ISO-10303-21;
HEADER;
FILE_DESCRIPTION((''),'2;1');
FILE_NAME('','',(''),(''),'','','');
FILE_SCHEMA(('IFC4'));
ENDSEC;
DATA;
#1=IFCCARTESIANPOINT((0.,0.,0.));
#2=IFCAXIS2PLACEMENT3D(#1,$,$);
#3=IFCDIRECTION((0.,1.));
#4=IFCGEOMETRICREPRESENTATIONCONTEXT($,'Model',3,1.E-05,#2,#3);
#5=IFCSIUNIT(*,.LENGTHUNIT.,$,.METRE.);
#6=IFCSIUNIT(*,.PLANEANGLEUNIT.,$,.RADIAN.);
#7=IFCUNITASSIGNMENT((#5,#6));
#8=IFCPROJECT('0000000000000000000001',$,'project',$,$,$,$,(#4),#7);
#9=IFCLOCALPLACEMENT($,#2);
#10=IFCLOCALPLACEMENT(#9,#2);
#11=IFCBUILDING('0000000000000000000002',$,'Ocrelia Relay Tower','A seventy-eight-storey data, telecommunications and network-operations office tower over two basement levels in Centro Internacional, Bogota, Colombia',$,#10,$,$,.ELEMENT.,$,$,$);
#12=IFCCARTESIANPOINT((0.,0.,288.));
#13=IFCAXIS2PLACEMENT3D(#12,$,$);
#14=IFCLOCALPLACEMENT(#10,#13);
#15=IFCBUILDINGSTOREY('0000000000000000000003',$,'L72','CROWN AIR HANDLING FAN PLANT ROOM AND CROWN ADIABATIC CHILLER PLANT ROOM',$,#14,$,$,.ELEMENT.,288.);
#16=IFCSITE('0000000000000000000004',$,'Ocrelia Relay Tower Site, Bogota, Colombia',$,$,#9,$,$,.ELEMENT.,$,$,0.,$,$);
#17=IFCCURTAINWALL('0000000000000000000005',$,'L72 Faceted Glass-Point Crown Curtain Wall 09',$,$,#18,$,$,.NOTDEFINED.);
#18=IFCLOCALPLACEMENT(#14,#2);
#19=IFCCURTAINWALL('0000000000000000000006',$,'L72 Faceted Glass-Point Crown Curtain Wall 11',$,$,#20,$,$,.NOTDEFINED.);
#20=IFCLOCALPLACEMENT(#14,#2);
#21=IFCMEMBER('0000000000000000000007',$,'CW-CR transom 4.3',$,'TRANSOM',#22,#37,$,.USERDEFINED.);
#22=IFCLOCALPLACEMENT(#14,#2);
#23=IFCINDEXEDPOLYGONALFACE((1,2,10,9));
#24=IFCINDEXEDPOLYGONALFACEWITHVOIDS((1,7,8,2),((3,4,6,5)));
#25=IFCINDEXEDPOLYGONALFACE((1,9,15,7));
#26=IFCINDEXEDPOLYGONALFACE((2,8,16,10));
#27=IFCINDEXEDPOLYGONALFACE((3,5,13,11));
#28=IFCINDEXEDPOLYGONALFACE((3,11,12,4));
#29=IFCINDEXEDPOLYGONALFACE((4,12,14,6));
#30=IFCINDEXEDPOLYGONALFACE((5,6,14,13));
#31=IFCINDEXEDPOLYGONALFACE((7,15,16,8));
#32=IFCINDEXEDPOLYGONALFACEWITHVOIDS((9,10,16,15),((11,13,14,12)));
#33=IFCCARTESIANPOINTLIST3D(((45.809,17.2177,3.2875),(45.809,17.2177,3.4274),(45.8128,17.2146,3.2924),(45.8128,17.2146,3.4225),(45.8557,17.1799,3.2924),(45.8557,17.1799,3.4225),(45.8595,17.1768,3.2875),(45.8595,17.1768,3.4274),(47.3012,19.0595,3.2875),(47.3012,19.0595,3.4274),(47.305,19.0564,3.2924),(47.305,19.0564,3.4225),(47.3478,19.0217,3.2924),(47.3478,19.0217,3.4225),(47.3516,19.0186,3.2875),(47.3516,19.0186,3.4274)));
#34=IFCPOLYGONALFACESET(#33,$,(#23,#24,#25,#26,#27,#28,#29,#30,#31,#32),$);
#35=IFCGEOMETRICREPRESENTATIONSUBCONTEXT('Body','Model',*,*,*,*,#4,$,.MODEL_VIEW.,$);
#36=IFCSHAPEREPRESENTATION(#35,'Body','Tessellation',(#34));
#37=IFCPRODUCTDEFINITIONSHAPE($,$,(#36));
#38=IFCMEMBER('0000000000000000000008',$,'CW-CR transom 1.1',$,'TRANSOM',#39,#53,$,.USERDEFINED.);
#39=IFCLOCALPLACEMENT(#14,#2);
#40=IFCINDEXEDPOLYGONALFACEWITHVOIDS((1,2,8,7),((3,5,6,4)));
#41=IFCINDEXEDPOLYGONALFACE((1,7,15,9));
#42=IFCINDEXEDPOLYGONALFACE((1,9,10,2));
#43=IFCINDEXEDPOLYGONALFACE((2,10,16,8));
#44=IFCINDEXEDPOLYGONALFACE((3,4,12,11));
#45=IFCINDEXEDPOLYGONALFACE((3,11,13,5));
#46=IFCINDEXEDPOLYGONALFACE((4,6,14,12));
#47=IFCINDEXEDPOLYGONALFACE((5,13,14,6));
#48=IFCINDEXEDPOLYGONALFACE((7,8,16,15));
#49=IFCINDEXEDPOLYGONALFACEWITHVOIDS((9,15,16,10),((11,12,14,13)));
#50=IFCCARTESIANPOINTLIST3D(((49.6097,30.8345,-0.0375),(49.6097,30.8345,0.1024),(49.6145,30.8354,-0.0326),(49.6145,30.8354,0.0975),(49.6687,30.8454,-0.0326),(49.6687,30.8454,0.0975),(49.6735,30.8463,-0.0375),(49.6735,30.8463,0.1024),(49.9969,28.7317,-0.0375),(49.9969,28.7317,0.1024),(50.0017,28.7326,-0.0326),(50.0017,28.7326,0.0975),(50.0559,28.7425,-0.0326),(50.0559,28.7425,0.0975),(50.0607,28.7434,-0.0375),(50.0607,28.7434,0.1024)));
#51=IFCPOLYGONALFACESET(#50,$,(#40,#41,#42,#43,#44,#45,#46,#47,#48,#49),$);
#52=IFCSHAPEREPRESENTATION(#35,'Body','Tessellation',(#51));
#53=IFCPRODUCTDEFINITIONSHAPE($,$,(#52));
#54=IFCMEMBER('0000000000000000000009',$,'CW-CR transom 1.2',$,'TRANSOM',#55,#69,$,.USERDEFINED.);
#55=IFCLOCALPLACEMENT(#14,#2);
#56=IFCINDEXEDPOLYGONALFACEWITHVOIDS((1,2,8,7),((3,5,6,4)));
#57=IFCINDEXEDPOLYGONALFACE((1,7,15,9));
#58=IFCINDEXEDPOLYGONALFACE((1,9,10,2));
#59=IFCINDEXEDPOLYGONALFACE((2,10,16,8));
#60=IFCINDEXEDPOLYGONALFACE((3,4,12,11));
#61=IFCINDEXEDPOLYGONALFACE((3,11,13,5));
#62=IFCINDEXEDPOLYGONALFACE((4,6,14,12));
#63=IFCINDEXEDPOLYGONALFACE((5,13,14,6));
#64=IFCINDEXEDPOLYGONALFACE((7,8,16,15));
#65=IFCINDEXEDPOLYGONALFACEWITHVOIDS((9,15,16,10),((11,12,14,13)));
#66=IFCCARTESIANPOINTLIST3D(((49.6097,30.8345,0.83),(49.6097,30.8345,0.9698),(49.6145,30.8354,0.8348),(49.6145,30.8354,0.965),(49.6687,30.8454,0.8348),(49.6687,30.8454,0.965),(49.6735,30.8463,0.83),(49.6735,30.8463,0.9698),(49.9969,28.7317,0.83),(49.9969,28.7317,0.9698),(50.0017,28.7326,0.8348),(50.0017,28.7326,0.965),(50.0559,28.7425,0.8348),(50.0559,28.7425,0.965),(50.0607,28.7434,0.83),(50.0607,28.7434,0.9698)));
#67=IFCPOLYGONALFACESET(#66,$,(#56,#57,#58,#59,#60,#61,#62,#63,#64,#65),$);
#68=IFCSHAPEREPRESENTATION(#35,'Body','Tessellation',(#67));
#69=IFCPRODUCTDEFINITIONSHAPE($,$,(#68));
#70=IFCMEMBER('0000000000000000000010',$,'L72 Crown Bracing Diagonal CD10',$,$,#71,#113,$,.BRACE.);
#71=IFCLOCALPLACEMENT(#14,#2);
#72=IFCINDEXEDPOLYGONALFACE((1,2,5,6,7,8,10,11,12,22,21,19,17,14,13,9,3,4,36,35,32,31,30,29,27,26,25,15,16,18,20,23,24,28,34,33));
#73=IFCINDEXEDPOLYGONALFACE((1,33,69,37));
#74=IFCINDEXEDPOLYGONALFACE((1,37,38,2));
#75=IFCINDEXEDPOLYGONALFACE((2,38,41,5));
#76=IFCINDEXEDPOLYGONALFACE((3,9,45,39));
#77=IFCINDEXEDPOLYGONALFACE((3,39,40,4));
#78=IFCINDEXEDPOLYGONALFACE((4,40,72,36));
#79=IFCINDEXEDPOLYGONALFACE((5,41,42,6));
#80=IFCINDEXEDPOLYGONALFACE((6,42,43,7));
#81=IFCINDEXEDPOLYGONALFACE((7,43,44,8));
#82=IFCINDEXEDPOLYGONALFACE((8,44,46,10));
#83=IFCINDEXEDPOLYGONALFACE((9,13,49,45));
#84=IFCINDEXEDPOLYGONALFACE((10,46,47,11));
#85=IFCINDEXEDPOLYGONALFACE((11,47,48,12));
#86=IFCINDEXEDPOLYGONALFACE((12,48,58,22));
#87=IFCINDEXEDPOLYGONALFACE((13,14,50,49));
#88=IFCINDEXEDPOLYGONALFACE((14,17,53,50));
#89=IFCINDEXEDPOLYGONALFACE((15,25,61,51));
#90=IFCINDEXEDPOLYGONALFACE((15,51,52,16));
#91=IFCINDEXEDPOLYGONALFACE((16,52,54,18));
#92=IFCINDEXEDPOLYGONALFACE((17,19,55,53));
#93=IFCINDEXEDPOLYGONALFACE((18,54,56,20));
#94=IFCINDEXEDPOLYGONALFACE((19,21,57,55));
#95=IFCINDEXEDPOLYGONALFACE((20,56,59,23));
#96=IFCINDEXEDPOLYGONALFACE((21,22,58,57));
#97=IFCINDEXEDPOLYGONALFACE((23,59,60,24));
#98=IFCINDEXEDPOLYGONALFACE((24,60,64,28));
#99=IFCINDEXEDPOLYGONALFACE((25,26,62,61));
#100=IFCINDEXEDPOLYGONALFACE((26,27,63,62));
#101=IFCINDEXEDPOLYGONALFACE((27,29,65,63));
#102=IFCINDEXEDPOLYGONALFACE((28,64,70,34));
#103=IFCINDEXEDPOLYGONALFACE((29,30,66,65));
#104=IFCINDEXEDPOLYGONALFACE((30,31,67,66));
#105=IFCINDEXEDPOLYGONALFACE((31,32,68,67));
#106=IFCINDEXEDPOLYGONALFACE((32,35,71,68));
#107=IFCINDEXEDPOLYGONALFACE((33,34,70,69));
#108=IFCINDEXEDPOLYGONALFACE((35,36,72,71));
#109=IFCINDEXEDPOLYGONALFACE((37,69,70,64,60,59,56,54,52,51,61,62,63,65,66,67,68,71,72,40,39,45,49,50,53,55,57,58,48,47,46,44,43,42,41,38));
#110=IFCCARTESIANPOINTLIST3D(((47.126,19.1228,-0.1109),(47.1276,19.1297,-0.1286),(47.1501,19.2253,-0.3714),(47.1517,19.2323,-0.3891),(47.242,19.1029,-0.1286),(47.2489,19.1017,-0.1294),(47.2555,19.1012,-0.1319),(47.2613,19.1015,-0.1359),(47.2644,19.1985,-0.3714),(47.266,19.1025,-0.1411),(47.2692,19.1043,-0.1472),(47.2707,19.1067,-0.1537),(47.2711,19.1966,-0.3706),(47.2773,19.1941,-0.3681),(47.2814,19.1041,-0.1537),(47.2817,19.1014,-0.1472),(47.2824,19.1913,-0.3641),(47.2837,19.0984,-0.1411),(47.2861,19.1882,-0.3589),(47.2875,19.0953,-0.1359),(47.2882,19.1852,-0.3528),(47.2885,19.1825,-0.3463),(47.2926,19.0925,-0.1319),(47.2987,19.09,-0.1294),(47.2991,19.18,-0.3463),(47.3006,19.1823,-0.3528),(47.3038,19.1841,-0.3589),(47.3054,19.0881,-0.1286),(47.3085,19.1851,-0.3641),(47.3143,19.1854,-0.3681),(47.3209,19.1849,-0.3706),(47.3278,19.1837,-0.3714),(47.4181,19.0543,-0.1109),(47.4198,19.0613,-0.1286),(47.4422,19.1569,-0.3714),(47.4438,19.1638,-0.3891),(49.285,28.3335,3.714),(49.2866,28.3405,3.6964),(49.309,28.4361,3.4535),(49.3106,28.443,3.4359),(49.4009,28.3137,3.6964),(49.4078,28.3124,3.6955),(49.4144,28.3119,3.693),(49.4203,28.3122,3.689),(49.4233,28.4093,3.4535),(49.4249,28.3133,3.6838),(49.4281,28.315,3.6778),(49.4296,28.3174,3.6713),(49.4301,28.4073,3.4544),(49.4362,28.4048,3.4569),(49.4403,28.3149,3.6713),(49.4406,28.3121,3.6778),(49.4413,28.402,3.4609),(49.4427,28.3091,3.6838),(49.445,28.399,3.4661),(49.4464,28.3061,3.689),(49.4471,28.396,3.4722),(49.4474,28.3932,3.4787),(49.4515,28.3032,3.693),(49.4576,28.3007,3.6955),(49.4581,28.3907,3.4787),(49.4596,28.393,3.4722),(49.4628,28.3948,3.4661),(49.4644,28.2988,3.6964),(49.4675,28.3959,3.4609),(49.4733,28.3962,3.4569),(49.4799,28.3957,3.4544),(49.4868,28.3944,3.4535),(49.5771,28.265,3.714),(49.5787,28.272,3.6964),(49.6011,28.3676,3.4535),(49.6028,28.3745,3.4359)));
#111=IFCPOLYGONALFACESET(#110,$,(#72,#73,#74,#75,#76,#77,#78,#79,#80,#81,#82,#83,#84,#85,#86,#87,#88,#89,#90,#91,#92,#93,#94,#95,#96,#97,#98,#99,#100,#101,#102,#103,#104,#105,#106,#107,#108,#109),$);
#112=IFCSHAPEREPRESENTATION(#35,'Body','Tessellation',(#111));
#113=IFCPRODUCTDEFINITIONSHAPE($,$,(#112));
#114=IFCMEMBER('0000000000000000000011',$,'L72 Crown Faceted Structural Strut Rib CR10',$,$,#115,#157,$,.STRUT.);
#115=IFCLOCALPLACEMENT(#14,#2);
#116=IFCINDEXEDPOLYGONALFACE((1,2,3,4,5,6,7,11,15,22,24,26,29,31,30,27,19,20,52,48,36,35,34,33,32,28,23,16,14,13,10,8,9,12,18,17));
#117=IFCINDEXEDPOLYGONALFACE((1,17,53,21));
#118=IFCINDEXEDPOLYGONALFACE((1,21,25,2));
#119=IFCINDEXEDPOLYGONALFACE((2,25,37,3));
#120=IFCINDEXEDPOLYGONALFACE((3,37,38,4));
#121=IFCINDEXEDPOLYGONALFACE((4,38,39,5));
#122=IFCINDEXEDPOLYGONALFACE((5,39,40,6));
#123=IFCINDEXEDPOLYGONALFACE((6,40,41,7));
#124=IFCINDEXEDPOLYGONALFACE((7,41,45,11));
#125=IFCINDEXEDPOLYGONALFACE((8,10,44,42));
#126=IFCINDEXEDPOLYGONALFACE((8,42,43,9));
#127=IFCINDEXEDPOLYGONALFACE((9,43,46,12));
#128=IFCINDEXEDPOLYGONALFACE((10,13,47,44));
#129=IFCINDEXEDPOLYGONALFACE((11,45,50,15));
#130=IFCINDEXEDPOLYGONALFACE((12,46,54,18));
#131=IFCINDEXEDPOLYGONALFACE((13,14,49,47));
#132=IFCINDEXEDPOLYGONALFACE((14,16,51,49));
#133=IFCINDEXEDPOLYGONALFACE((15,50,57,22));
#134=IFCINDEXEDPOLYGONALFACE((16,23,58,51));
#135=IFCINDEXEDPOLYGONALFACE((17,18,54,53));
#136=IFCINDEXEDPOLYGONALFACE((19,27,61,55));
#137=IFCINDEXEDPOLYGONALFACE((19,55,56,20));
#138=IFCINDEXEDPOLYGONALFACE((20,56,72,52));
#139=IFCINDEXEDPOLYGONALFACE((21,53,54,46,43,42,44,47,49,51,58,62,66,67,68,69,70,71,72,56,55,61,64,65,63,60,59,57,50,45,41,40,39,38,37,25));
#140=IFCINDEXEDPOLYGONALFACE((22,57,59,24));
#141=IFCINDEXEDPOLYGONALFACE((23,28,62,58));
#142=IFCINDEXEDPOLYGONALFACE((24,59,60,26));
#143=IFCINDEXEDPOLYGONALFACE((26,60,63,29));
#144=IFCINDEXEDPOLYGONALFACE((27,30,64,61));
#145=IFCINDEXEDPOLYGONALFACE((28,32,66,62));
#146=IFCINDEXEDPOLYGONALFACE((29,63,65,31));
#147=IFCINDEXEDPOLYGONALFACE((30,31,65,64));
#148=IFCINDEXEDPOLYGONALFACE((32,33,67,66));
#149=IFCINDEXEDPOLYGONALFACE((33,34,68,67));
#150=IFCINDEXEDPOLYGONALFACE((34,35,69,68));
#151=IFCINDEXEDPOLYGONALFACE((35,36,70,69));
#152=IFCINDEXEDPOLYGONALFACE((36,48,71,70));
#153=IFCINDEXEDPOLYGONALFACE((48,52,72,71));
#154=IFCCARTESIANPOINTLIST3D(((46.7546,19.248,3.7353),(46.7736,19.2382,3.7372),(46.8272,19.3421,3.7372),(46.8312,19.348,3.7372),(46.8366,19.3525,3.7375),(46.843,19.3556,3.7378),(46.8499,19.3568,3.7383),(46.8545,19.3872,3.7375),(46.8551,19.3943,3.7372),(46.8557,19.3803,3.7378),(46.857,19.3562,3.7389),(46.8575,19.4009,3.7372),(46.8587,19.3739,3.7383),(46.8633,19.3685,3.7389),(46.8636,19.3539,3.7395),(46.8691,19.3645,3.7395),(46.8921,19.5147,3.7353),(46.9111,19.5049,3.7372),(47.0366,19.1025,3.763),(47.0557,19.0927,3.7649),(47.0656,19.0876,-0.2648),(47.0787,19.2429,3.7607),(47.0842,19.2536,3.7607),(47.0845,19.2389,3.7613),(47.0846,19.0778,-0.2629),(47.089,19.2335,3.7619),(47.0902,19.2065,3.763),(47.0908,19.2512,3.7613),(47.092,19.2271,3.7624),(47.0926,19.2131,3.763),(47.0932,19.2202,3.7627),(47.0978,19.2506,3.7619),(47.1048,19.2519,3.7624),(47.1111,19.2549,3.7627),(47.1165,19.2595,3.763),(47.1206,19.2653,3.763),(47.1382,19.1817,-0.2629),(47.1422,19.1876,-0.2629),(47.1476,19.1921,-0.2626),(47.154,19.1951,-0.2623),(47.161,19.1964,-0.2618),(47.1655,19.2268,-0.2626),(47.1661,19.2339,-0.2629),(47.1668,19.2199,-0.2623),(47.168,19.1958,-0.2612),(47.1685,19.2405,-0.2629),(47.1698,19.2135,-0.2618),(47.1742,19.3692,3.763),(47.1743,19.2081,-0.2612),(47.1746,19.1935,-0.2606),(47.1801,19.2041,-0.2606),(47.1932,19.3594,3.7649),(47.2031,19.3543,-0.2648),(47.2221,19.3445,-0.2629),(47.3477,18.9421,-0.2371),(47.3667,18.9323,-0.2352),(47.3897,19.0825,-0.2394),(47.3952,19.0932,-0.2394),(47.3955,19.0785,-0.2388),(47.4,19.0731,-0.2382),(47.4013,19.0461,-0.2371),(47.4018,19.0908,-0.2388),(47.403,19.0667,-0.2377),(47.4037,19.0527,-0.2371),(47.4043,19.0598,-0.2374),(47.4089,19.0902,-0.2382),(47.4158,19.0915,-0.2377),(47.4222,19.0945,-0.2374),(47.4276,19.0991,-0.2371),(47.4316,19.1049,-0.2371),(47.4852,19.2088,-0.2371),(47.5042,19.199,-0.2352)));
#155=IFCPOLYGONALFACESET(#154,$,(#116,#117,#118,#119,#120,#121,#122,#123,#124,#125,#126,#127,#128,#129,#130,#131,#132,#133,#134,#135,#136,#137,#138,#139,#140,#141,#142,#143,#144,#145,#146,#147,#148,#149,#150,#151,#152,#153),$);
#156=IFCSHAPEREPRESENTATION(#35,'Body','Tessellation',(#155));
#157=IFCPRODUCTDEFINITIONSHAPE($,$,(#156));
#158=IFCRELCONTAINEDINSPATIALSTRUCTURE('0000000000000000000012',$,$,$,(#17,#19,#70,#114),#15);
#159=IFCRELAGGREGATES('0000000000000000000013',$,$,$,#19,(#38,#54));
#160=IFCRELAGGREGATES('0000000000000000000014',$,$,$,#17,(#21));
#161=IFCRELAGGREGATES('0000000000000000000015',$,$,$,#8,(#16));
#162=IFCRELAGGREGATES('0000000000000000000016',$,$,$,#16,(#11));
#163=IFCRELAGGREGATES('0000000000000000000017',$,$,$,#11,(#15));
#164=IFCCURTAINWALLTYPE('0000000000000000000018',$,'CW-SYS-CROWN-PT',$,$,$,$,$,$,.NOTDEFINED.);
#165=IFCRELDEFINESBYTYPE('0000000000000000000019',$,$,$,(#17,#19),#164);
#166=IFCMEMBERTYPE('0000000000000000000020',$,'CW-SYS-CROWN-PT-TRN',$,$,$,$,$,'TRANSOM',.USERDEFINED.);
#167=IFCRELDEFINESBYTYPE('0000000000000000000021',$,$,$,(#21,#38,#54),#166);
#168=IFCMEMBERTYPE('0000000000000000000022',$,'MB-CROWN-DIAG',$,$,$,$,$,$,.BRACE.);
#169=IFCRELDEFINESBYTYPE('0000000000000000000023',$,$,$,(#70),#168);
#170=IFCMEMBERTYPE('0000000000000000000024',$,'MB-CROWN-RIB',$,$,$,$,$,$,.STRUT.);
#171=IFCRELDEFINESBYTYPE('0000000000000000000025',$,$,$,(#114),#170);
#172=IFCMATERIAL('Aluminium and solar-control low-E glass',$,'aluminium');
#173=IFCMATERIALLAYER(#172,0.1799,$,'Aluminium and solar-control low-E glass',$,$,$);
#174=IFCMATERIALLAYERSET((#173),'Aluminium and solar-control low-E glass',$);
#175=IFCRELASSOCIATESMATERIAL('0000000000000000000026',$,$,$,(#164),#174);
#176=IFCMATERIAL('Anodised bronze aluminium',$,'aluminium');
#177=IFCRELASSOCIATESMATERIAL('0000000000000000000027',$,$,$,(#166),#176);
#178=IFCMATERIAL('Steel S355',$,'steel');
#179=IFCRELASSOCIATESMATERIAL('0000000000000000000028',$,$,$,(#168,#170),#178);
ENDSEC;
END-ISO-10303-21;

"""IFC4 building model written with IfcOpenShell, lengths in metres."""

from ifc_helpers import new_model, si_unit, direction, frame, origin, origin_2d, place, context, subcontext, project, spatial, hollow_rectangle, i_section, extrude, material, layer, layer_set, material_profile, profile_set, type_object, element, aggregate, save


model = new_model("IFC4")

# Units and contexts
model_context = context("Model", 3, precision=1e-05, world=origin(), true_north=direction((0.0, 1.0)))
body_context = subcontext(model_context, "Body", "Model", "MODEL_VIEW")
ifc_project = project(units=[si_unit("LENGTHUNIT", "METRE"), si_unit("PLANEANGLEUNIT", "RADIAN")], contexts=[model_context])

# Site, building, storey
site_placement = place(None, origin())
site = spatial("IfcSite", under=ifc_project, at=site_placement, Name="Ocrelia Relay Tower Site, Bogota, Colombia", CompositionType="ELEMENT", RefElevation=0.0)
building_placement = place(site_placement, origin())
building = spatial("IfcBuilding", under=site, at=building_placement, Name="Ocrelia Relay Tower", Description="A seventy-eight-storey data, telecommunications and network-operations office tower over two basement levels in Centro Internacional, Bogota, Colombia", CompositionType="ELEMENT")
storey_placement = place(building_placement, frame((0.0, 0.0, 288.0)))
storey = spatial("IfcBuildingStorey", under=building, at=storey_placement, Name="L72", Description="CROWN AIR HANDLING FAN PLANT ROOM AND CROWN ADIABATIC CHILLER PLANT ROOM", CompositionType="ELEMENT", Elevation=288.0)

# Shared definitions
ifc_material_1 = material(Name="Steel S355", Category="steel")

# Curtain wall
ifc_material_2 = material(Name="Aluminium and solar-control low-E glass", Category="aluminium")
ifc_layer_1 = layer(ifc_material_2, 0.1799, Name="Aluminium and solar-control low-E glass")
ifc_layer_set_1 = layer_set([ifc_layer_1], Name="Aluminium and solar-control low-E glass")
curtain_wall_type = type_object("IfcCurtainWallType", Name="CW-SYS-CROWN-PT", PredefinedType="NOTDEFINED", material=ifc_layer_set_1)
curtain_wall_1_placement = place(storey_placement, origin())
curtain_wall_1 = element("IfcCurtainWall", 1, at=curtain_wall_1_placement, inside=storey, type_object=curtain_wall_type, Name="L72 Faceted Glass-Point Crown Curtain Wall 09", PredefinedType="NOTDEFINED")
ifc_material_3 = material(Name="Anodised bronze aluminium", Category="aluminium")

# Curtain wall
curtain_wall_2_placement = place(storey_placement, origin())
curtain_wall_2 = element("IfcCurtainWall", 2, at=curtain_wall_2_placement, inside=storey, type_object=curtain_wall_type, Name="L72 Faceted Glass-Point Crown Curtain Wall 11", PredefinedType="NOTDEFINED")

# Members
ifc_material_profile_1 = material_profile(ifc_material_3, hollow_rectangle(XDim=0.0649, YDim=0.1399, WallThickness=0.0049, at=origin_2d()), Name="CW-TRN-140x65")
ifc_profile_set_1 = profile_set([ifc_material_profile_1], Name="Anodised bronze aluminium")
member_type_1 = type_object("IfcMemberType", Name="CW-SYS-CROWN-PT-TRN", ElementType="TRANSOM", PredefinedType="USERDEFINED", material=ifc_profile_set_1)
member_1_placement = place(storey_placement, frame((45.8342, 17.1973, 3.3574), z_axis=(0.629506, 0.776995, 0.0), x_axis=(-0.776995, 0.629506, 0.0)))
member_1 = element("IfcMember", 3, at=member_1_placement, type_object=member_type_1, Name="CW-CR transom 4.3", ObjectType="TRANSOM", PredefinedType="USERDEFINED", context=body_context, shape_type="SweptSolid", body=[
    extrude(hollow_rectangle(XDim=0.0649, YDim=0.1399, WallThickness=0.0049, at=origin_2d()), origin(), (0.0, 0.0, 1.0), 2.3704),
])
member_2_placement = place(storey_placement, frame((50.0288, 28.7375, 0.0325), z_axis=(-0.181096, 0.983465, 0.0), x_axis=(-0.983465, -0.181096, 0.0)))
member_2 = element("IfcMember", 4, at=member_2_placement, type_object=member_type_1, Name="CW-CR transom 1.1", ObjectType="TRANSOM", PredefinedType="USERDEFINED", context=body_context, shape_type="SweptSolid", body=[
    extrude(hollow_rectangle(XDim=0.0649, YDim=0.1399, WallThickness=0.0049, at=origin_2d()), origin(), (0.0, 0.0, 1.0), 2.1382),
])
member_3_placement = place(storey_placement, frame((50.0288, 28.7375, 0.8999), z_axis=(-0.181096, 0.983465, 0.0), x_axis=(-0.983465, -0.181096, 0.0)))
member_3 = element("IfcMember", 5, at=member_3_placement, type_object=member_type_1, Name="CW-CR transom 1.2", ObjectType="TRANSOM", PredefinedType="USERDEFINED", context=body_context, shape_type="SweptSolid", body=[
    extrude(hollow_rectangle(XDim=0.0649, YDim=0.1399, WallThickness=0.0049, at=origin_2d()), origin(), (0.0, 0.0, 1.0), 2.1382),
])
aggregate(curtain_wall_2, [member_2, member_3])

# Members
ifc_material_profile_2 = material_profile(ifc_material_1, i_section(OverallWidth=0.3, OverallDepth=0.3, WebThickness=0.011, FlangeThickness=0.019, FilletRadius=0.0271, at=origin_2d()), Name="HEB 300")
ifc_profile_set_2 = profile_set([ifc_material_profile_2], Name="Steel S355")
member_type_2 = type_object("IfcMemberType", Name="MB-CROWN-DIAG", PredefinedType="BRACE", material=ifc_profile_set_2)
member_4_placement = place(storey_placement, frame((47.2849, 19.1433, -0.25), z_axis=(0.211571, 0.902627, 0.374836), x_axis=(-0.973612, 0.228209, 0.0)))
element("IfcMember", 6, at=member_4_placement, inside=storey, type_object=member_type_2, Name="L72 Crown Bracing Diagonal CD10", PredefinedType="BRACE", context=body_context, shape_type="SweptSolid", body=[
    extrude(i_section(OverallWidth=0.3, OverallDepth=0.3, WebThickness=0.011, FlangeThickness=0.019, FilletRadius=0.0271, at=origin_2d()), origin(), (0.0, 0.0, 1.0), 10.2043),
])
ifc_material_profile_3 = material_profile(ifc_material_1, i_section(OverallWidth=0.3, OverallDepth=0.3401, WebThickness=0.012, FlangeThickness=0.0215, FilletRadius=0.0271, at=origin_2d()), Name="HEB 340")
ifc_profile_set_3 = profile_set([ifc_material_profile_3], Name="Steel S355")
member_type_3 = type_object("IfcMemberType", Name="MB-CROWN-RIB", PredefinedType="STRUT", material=ifc_profile_set_3)
member_5_placement = place(storey_placement, frame((47.2849, 19.1433, -0.25), z_axis=(-0.077463, 0.039948, 0.996195), x_axis=(-0.458341, -0.888777, 0.0)))
element("IfcMember", 7, at=member_5_placement, inside=storey, type_object=member_type_3, Name="L72 Crown Faceted Structural Strut Rib CR10", PredefinedType="STRUT", context=body_context, shape_type="SweptSolid", body=[
    extrude(i_section(OverallWidth=0.3, OverallDepth=0.3401, WebThickness=0.012, FlangeThickness=0.0215, FilletRadius=0.0271, at=origin_2d()), origin(), (0.0, 0.0, 1.0), 4.0154),
])

aggregate(curtain_wall_1, [member_1])

save(model, "model.ifc")
